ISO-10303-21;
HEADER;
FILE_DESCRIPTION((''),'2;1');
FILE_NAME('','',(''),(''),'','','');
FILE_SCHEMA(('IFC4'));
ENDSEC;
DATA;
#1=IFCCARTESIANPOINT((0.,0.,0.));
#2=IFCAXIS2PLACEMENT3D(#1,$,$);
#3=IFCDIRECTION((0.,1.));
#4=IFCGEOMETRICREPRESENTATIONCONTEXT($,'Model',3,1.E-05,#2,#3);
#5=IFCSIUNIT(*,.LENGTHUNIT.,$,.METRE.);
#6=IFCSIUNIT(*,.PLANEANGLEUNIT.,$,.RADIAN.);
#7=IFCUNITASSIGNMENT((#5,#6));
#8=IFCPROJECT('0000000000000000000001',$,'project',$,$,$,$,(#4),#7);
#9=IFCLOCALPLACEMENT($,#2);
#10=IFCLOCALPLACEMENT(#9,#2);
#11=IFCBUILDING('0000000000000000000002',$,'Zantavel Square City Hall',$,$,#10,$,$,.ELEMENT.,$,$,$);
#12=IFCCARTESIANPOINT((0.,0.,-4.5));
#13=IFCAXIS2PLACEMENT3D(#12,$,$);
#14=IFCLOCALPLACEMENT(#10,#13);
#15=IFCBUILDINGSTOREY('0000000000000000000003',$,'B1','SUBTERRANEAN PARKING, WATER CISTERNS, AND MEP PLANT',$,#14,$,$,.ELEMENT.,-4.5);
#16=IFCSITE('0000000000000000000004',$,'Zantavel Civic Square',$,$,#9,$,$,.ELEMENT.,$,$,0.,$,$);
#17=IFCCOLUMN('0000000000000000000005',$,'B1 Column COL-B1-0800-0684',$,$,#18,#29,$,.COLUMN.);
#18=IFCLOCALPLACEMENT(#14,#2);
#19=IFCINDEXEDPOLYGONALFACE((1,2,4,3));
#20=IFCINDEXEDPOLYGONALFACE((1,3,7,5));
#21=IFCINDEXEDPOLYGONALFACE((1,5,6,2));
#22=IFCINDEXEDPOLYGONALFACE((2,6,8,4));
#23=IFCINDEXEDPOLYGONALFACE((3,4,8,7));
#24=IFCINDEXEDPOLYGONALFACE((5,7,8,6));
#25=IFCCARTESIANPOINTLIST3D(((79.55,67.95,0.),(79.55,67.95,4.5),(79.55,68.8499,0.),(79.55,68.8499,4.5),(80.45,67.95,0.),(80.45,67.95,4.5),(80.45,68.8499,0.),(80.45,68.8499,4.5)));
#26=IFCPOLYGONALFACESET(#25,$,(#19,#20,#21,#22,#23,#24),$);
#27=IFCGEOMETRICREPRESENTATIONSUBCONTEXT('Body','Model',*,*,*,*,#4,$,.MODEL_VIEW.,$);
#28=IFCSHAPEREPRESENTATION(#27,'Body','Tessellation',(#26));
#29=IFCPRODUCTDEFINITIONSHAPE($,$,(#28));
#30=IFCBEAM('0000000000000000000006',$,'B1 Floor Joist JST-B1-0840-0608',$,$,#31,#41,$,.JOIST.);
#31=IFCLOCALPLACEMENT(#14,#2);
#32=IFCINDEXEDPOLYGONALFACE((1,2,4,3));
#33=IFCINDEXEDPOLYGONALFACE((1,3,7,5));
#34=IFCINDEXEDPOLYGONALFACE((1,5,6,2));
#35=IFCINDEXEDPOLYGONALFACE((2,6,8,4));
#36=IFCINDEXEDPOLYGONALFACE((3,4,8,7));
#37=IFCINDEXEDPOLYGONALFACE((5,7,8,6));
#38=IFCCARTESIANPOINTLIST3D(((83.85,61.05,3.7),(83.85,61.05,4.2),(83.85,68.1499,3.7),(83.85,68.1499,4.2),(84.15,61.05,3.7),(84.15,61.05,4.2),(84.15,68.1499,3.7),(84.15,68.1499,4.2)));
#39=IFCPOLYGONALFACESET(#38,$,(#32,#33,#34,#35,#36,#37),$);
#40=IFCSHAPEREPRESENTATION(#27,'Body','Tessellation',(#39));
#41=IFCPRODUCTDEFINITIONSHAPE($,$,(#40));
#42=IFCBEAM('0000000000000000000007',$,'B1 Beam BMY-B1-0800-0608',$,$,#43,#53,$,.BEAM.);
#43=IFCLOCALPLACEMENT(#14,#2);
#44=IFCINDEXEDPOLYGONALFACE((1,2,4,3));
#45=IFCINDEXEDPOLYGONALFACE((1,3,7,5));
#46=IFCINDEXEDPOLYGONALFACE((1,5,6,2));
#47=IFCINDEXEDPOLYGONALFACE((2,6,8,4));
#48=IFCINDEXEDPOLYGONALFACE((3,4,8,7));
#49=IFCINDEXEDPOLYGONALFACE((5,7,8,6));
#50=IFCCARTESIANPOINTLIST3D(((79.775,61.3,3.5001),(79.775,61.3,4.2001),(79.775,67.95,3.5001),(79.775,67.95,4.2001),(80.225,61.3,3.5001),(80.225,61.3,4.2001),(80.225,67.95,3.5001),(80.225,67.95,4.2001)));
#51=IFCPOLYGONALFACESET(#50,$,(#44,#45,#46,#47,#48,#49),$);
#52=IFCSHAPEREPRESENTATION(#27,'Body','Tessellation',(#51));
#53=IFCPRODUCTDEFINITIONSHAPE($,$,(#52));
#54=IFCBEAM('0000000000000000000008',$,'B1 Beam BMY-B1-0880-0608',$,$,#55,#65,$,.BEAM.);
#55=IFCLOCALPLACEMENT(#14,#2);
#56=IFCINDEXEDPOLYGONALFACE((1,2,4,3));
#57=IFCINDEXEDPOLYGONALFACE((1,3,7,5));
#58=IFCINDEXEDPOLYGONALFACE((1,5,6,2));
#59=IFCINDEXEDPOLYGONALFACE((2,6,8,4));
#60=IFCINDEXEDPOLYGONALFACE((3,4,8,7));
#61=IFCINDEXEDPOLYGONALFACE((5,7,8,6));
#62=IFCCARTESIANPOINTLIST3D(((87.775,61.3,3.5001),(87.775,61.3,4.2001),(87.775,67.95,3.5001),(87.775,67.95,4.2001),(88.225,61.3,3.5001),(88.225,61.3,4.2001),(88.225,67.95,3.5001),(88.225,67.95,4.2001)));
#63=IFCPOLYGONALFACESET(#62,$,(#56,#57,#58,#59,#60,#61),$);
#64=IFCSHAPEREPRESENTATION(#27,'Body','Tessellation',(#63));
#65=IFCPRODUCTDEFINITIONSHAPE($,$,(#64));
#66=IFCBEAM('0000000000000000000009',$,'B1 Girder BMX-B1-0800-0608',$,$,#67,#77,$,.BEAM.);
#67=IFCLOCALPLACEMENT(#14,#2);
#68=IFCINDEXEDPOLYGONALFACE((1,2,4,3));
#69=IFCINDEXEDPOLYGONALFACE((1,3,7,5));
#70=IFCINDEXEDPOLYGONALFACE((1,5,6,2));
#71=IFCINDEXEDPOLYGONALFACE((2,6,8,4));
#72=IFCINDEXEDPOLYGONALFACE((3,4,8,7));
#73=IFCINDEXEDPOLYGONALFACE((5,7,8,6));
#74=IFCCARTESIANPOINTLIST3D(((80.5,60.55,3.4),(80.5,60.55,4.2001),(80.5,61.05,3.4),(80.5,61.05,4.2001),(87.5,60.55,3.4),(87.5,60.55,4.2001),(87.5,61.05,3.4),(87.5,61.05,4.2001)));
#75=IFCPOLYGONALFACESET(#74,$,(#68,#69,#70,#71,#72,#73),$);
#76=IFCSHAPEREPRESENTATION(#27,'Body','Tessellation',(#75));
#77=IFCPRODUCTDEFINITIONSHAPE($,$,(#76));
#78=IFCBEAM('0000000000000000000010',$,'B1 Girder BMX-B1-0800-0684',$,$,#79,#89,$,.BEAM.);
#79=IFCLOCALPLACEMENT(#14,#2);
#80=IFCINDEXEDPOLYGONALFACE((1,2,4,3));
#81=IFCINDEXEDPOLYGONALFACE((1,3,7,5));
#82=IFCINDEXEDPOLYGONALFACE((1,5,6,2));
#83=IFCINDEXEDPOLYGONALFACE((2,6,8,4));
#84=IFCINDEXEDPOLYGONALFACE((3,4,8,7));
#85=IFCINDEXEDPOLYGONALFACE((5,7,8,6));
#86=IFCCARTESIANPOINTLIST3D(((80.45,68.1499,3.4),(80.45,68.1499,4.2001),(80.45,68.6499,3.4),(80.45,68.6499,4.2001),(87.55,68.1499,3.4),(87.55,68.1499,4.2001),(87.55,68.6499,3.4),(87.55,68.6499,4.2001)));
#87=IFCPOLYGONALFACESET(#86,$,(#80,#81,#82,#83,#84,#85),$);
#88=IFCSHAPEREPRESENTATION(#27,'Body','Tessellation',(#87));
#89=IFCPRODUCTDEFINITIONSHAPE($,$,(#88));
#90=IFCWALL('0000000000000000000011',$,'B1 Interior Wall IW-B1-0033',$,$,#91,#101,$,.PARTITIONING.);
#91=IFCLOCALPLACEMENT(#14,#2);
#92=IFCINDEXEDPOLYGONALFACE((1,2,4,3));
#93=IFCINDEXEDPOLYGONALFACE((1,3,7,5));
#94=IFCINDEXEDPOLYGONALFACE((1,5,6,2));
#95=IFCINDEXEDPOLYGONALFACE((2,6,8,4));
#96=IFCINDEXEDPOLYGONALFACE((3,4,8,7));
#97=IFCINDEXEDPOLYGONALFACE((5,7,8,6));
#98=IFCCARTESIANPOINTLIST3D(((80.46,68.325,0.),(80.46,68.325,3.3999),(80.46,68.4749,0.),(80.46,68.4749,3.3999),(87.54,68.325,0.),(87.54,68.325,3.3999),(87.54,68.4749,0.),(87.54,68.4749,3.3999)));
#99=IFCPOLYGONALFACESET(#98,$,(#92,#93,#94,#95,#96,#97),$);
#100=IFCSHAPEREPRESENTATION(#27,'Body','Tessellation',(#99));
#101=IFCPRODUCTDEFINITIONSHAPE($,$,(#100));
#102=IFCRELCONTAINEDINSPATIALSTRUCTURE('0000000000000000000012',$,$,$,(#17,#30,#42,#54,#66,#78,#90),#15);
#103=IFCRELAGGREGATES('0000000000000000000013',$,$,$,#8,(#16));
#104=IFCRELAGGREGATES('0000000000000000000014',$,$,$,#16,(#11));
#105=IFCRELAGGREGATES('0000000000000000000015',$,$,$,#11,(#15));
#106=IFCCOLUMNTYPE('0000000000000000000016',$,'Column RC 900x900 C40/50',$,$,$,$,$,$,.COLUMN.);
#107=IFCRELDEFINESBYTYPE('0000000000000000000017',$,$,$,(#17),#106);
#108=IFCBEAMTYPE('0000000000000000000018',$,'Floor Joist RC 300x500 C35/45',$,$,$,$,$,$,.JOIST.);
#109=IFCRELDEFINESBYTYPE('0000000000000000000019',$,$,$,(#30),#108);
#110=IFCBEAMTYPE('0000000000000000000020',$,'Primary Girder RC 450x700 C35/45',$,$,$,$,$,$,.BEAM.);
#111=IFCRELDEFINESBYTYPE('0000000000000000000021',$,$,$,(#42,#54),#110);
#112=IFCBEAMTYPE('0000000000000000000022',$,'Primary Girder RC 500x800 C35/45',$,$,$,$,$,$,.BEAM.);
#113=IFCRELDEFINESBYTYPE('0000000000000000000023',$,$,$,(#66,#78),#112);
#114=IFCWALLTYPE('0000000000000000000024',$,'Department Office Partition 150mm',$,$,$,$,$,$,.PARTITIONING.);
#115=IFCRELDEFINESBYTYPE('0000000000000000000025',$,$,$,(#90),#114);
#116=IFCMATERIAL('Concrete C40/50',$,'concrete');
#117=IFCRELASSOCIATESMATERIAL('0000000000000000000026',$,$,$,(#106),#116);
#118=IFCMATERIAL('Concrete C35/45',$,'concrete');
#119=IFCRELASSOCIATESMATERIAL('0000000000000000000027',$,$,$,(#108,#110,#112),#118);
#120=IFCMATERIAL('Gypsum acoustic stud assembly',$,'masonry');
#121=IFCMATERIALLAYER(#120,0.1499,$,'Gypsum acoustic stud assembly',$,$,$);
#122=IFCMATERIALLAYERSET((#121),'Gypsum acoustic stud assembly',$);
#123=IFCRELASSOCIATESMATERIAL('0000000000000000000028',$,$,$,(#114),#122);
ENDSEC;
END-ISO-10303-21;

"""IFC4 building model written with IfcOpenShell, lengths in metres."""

from ifc_helpers import new_model, si_unit, direction, frame, frame_2d, origin, origin_2d, place, context, subcontext, project, spatial, rectangle, extrude, material, layer, layer_set, material_profile, profile_set, type_object, element, save


model = new_model("IFC4")

# Units and contexts
model_context = context("Model", 3, precision=1e-05, world=origin(), true_north=direction((0.0, 1.0)))
body_context = subcontext(model_context, "Body", "Model", "MODEL_VIEW")
ifc_project = project(units=[si_unit("LENGTHUNIT", "METRE"), si_unit("PLANEANGLEUNIT", "RADIAN")], contexts=[model_context])

# Site, building, storey
site_placement = place(None, origin())
site = spatial("IfcSite", under=ifc_project, at=site_placement, Name="Zantavel Civic Square", CompositionType="ELEMENT", RefElevation=0.0)
building_placement = place(site_placement, origin())
building = spatial("IfcBuilding", under=site, at=building_placement, Name="Zantavel Square City Hall", CompositionType="ELEMENT")
storey_placement = place(building_placement, frame((0.0, 0.0, -4.5)))
storey = spatial("IfcBuildingStorey", under=building, at=storey_placement, Name="B1", Description="SUBTERRANEAN PARKING, WATER CISTERNS, AND MEP PLANT", CompositionType="ELEMENT", Elevation=-4.5)

# Shared definitions
ifc_material_1 = material(Name="Concrete C35/45", Category="concrete")

# Shared definitions
ifc_material_2 = material(Name="Concrete C40/50", Category="concrete")

# Column
ifc_material_profile_1 = material_profile(ifc_material_2, rectangle(XDim=0.8999, YDim=0.8999, at=origin_2d()), Name="RC 900x900")
ifc_profile_set_1 = profile_set([ifc_material_profile_1], Name="Concrete C40/50")
column_type_1 = type_object("IfcColumnType", Name="Column RC 900x900 C40/50", PredefinedType="COLUMN", material=ifc_profile_set_1)
column_placement = place(storey_placement, frame((80.0, 68.3999, 0.0), z_axis=(0.0, 0.0, 1.0), x_axis=(1.0, 0.0, 0.0)))
element("IfcColumn", 1, at=column_placement, inside=storey, type_object=column_type_1, Name="B1 Column COL-B1-0800-0684", PredefinedType="COLUMN", context=body_context, shape_type="SweptSolid", body=[
    extrude(rectangle(XDim=0.8999, YDim=0.8999, at=origin_2d()), origin(), (0.0, 0.0, 1.0), 4.5),
])

# Beams
ifc_material_profile_2 = material_profile(ifc_material_1, rectangle(XDim=0.3, YDim=0.5, at=origin_2d()), Name="RC 300x500")
ifc_profile_set_2 = profile_set([ifc_material_profile_2], Name="Concrete C35/45")
beam_type_1 = type_object("IfcBeamType", Name="Floor Joist RC 300x500 C35/45", PredefinedType="JOIST", material=ifc_profile_set_2)
beam_1_placement = place(storey_placement, frame((84.0, 61.05, 3.95), z_axis=(0.0, 1.0, 0.0), x_axis=(-1.0, 0.0, 0.0)))
element("IfcBeam", 2, at=beam_1_placement, inside=storey, type_object=beam_type_1, Name="B1 Floor Joist JST-B1-0840-0608", PredefinedType="JOIST", context=body_context, shape_type="SweptSolid", body=[
    extrude(rectangle(XDim=0.3, YDim=0.5, at=origin_2d()), origin(), (0.0, 0.0, 1.0), 7.0999),
])
ifc_material_profile_3 = material_profile(ifc_material_1, rectangle(XDim=0.45, YDim=0.7, at=origin_2d()), Name="RC 450x700")
ifc_profile_set_3 = profile_set([ifc_material_profile_3], Name="Concrete C35/45")
beam_type_2 = type_object("IfcBeamType", Name="Primary Girder RC 450x700 C35/45", PredefinedType="BEAM", material=ifc_profile_set_3)
for number, where, z_axis, x_axis, name in (
    (3, (80.0, 61.3, 3.8501), (0.0, 1.0, 0.0), (-1.0, 0.0, 0.0), "B1 Beam BMY-B1-0800-0608"),
    (4, (88.0, 61.3, 3.8501), (0.0, 1.0, 0.0), (-1.0, 0.0, 0.0), "B1 Beam BMY-B1-0880-0608"),
):
    element("IfcBeam", number, at=place(storey_placement, frame(where, z_axis=z_axis, x_axis=x_axis)), inside=storey, type_object=beam_type_2, Name=name, PredefinedType="BEAM", context=body_context, shape_type="SweptSolid", body=[
        extrude(rectangle(XDim=0.45, YDim=0.7, at=origin_2d()), origin(), (0.0, 0.0, 1.0), 6.6499),
    ])
ifc_material_profile_4 = material_profile(ifc_material_1, rectangle(XDim=0.5, YDim=0.8, at=origin_2d()), Name="RC 500x800")
ifc_profile_set_4 = profile_set([ifc_material_profile_4], Name="Concrete C35/45")
beam_type_3 = type_object("IfcBeamType", Name="Primary Girder RC 500x800 C35/45", PredefinedType="BEAM", material=ifc_profile_set_4)
beam_2_placement = place(storey_placement, frame((80.5, 60.8, 3.8), z_axis=(1.0, 0.0, 0.0), x_axis=(0.0, 1.0, 0.0)))
element("IfcBeam", 5, at=beam_2_placement, inside=storey, type_object=beam_type_3, Name="B1 Girder BMX-B1-0800-0608", PredefinedType="BEAM", context=body_context, shape_type="SweptSolid", body=[
    extrude(rectangle(XDim=0.5, YDim=0.8, at=origin_2d()), origin(), (0.0, 0.0, 1.0), 7.0),
])
beam_3_placement = place(storey_placement, frame((80.45, 68.3999, 3.8), z_axis=(1.0, 0.0, 0.0), x_axis=(0.0, 1.0, 0.0)))
element("IfcBeam", 6, at=beam_3_placement, inside=storey, type_object=beam_type_3, Name="B1 Girder BMX-B1-0800-0684", PredefinedType="BEAM", context=body_context, shape_type="SweptSolid", body=[
    extrude(rectangle(XDim=0.5, YDim=0.8, at=origin_2d()), origin(), (0.0, 0.0, 1.0), 7.1001),
])

# Wall
ifc_material_3 = material(Name="Gypsum acoustic stud assembly", Category="masonry")
ifc_layer_1 = layer(ifc_material_3, 0.1499, Name="Gypsum acoustic stud assembly")
ifc_layer_set_1 = layer_set([ifc_layer_1], Name="Gypsum acoustic stud assembly")
wall_type = type_object("IfcWallType", Name="Department Office Partition 150mm", PredefinedType="PARTITIONING", material=ifc_layer_set_1)
wall_placement = place(storey_placement, frame((80.46, 68.3999, 0.0), z_axis=(0.0, 0.0, 1.0), x_axis=(1.0, 0.0, 0.0)))
element("IfcWall", 7, at=wall_placement, inside=storey, type_object=wall_type, Name="B1 Interior Wall IW-B1-0033", PredefinedType="PARTITIONING", context=body_context, shape_type="SweptSolid", body=[
    extrude(rectangle(XDim=7.0801, YDim=0.1499, at=frame_2d((3.54, 0.0))), origin(), (0.0, 0.0, 1.0), 3.3999),
])

save(model, "model.ifc")
